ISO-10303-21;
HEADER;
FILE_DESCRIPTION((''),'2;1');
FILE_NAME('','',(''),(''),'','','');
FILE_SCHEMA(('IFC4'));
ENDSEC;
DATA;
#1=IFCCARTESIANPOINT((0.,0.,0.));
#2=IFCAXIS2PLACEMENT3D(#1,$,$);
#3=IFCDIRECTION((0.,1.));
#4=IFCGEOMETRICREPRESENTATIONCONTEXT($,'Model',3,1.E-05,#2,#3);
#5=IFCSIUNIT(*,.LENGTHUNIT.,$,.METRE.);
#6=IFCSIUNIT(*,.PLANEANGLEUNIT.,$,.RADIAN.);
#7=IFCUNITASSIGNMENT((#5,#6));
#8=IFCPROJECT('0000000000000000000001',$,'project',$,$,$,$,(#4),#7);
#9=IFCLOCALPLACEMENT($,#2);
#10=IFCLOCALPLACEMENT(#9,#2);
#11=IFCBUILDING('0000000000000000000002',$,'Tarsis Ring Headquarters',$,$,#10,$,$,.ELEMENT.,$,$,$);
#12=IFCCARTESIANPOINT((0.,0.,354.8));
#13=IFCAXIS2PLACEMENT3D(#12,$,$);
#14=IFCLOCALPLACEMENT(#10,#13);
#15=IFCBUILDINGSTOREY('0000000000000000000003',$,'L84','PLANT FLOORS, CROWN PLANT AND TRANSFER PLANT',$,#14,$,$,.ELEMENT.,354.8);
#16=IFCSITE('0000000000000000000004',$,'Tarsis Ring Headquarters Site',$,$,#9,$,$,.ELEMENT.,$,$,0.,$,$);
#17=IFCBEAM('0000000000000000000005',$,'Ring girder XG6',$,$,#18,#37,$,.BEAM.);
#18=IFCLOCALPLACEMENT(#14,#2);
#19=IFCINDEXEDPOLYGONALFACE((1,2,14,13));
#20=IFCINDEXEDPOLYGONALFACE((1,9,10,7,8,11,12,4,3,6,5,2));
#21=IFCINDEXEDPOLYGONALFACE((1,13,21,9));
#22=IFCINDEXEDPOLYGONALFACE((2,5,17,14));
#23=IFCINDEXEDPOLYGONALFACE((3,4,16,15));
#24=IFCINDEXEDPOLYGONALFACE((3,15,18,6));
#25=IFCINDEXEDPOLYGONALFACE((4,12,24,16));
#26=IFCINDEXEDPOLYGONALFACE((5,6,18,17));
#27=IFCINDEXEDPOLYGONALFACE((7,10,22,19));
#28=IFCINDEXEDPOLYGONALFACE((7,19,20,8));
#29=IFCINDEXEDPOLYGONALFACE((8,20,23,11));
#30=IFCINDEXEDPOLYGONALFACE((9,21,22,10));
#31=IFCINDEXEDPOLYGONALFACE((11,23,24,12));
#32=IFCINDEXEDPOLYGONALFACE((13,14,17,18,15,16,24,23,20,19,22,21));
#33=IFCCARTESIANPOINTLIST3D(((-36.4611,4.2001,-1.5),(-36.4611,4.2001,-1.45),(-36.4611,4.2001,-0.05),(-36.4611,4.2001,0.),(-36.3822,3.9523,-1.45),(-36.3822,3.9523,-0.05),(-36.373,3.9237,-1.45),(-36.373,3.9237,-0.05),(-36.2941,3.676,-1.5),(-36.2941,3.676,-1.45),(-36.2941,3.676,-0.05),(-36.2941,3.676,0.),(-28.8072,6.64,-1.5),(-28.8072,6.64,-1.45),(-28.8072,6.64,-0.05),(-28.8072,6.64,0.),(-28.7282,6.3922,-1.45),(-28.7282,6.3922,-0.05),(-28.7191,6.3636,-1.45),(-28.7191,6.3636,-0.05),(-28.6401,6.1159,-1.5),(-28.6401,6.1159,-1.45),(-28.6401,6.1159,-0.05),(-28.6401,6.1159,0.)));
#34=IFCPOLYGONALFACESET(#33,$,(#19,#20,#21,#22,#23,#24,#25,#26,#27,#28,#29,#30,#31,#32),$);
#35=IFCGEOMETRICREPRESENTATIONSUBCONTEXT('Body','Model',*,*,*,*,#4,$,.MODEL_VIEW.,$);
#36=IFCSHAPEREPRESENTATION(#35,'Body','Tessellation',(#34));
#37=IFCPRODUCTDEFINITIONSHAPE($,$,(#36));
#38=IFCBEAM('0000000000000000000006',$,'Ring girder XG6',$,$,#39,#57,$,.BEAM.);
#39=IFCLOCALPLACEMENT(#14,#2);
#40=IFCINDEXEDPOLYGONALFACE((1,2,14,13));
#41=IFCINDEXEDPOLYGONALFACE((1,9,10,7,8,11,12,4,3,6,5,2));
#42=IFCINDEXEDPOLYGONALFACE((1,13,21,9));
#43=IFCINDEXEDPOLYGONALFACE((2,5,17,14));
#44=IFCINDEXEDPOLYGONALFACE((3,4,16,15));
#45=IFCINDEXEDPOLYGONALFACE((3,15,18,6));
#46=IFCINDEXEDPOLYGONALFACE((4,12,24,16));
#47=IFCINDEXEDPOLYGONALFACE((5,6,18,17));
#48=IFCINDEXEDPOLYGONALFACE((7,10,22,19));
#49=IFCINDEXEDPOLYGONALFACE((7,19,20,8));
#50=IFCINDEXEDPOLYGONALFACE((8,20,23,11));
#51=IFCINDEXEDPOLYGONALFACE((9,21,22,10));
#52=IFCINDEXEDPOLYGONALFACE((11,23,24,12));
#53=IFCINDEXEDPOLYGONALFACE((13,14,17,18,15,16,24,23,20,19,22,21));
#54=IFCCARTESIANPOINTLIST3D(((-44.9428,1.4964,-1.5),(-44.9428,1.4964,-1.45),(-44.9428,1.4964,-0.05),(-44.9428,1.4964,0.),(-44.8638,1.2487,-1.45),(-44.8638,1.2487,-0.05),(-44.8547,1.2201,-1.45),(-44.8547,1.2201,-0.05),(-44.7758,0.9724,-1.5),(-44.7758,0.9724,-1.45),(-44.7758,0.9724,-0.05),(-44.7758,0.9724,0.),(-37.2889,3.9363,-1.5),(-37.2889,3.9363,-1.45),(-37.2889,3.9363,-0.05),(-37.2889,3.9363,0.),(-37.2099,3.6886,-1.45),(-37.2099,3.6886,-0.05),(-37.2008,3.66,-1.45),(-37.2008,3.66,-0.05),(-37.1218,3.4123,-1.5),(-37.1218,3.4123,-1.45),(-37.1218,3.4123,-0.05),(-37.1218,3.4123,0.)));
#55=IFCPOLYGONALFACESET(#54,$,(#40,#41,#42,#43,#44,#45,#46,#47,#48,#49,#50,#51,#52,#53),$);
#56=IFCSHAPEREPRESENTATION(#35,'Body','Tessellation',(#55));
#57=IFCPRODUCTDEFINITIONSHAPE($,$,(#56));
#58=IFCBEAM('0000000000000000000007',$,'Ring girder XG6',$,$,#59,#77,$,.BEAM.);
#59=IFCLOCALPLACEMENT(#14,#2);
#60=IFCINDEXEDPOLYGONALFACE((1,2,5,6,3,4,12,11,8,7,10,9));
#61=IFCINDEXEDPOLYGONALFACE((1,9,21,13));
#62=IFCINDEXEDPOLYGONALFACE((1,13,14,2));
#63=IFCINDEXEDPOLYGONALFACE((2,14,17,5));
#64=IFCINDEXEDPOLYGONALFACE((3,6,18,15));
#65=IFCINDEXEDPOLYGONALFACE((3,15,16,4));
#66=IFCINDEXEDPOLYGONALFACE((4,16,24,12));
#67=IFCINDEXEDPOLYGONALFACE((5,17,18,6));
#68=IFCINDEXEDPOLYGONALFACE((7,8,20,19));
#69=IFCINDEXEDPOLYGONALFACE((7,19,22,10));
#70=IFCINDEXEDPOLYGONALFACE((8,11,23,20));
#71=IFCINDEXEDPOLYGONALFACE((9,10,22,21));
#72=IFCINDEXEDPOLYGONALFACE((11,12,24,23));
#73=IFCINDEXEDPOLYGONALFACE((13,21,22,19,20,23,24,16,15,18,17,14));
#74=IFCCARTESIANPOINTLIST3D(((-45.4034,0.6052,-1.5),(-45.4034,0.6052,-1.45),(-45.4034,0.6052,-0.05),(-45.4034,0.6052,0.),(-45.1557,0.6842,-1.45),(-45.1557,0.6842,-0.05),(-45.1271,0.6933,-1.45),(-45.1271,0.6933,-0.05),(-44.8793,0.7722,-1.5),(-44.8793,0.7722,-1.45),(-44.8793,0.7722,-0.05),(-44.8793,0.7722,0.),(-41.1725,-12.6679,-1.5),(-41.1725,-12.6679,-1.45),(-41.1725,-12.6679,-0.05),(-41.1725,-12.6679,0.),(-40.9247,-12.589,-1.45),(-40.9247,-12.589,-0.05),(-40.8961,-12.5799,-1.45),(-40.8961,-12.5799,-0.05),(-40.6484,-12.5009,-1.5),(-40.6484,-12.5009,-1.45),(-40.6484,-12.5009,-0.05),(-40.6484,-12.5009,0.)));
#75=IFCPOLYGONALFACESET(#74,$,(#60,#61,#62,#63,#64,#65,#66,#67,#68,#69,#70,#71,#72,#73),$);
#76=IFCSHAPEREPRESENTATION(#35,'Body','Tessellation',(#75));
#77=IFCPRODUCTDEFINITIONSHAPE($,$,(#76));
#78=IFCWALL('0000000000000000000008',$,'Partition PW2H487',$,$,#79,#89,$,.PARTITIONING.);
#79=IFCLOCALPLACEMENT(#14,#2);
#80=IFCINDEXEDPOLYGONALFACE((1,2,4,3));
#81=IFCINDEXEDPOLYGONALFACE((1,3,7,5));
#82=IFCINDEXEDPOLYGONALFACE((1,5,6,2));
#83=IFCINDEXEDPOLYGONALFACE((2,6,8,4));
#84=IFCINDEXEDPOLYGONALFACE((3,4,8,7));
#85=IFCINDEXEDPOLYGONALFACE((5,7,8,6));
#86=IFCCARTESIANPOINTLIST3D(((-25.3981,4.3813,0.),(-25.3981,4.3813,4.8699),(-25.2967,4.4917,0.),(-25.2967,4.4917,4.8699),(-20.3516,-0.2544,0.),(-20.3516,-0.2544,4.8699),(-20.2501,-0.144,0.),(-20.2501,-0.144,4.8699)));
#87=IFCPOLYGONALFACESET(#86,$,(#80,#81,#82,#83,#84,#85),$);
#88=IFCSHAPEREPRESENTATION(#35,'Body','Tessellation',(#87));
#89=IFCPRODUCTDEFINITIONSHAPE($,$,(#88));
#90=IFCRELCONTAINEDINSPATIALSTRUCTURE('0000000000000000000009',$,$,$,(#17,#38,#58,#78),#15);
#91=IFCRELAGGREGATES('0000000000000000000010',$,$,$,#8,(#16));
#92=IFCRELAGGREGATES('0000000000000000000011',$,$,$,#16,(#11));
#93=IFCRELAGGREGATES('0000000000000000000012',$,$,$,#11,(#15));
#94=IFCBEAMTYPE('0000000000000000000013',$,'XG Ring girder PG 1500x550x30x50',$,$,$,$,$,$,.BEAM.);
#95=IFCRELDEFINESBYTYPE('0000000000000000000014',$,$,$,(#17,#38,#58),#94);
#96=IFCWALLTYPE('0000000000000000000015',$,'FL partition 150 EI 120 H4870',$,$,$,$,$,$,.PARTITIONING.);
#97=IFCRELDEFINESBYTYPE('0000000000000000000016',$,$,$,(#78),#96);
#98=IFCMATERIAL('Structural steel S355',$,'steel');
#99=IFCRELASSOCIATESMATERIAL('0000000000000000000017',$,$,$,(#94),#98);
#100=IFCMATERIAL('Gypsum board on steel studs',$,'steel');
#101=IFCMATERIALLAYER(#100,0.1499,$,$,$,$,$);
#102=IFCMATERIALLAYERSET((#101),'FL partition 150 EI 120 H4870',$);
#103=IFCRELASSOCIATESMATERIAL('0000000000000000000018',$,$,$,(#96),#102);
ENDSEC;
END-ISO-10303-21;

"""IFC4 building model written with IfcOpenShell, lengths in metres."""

from ifc_helpers import new_model, si_unit, direction, frame, frame_2d, origin, origin_2d, place, context, subcontext, project, spatial, rectangle, i_section, extrude, material, layer, layer_set, material_profile, profile_set, type_object, element, save


model = new_model("IFC4")

# Units and contexts
model_context = context("Model", 3, precision=1e-05, world=origin(), true_north=direction((0.0, 1.0)))
body_context = subcontext(model_context, "Body", "Model", "MODEL_VIEW")
ifc_project = project(units=[si_unit("LENGTHUNIT", "METRE"), si_unit("PLANEANGLEUNIT", "RADIAN")], contexts=[model_context])

# Site, building, storey
site_placement = place(None, origin())
site = spatial("IfcSite", under=ifc_project, at=site_placement, Name="Tarsis Ring Headquarters Site", CompositionType="ELEMENT", RefElevation=0.0)
building_placement = place(site_placement, origin())
building = spatial("IfcBuilding", under=site, at=building_placement, Name="Tarsis Ring Headquarters", CompositionType="ELEMENT")
storey_placement = place(building_placement, frame((0.0, 0.0, 354.8)))
storey = spatial("IfcBuildingStorey", under=building, at=storey_placement, Name="L84", Description="PLANT FLOORS, CROWN PLANT AND TRANSFER PLANT", CompositionType="ELEMENT", Elevation=354.8)

# Shared definitions
ifc_material_1 = material(Name="Structural steel S355", Category="steel")

# Beams
ifc_material_profile_1 = material_profile(ifc_material_1, i_section(OverallWidth=0.55, OverallDepth=1.5, WebThickness=0.03, FlangeThickness=0.05, at=origin_2d()), Name="PG 1500x550x30x50")
ifc_profile_set_1 = profile_set([ifc_material_profile_1], Name="Structural steel S355")
beam_type_1 = type_object("IfcBeamType", Name="XG Ring girder PG 1500x550x30x50", PredefinedType="BEAM", material=ifc_profile_set_1)
for number, where, z_axis, x_axis, name in (
    (1, (-28.7236, 6.3779, -0.75), (-0.952762, -0.303719, 0.0), (0.303719, -0.952762, 0.0), "Ring girder XG6"),
    (2, (-37.2053, 3.6743, -0.75), (-0.952762, -0.303719, 0.0), (0.303719, -0.952762, 0.0), "Ring girder XG6"),
):
    element("IfcBeam", number, at=place(storey_placement, frame(where, z_axis=z_axis, x_axis=x_axis)), inside=storey, type_object=beam_type_1, Name=name, PredefinedType="BEAM", context=body_context, shape_type="SweptSolid", body=[
        extrude(i_section(OverallWidth=0.55, OverallDepth=1.5, WebThickness=0.03, FlangeThickness=0.05, at=origin_2d()), origin(), (0.0, 0.0, 1.0), 8.0334),
    ])
beam_1_placement = place(storey_placement, frame((-45.1414, 0.6887, -0.75), z_axis=(0.303703, -0.952767, 0.0), x_axis=(0.952767, 0.303703, 0.0)))
element("IfcBeam", 3, at=beam_1_placement, inside=storey, type_object=beam_type_1, Name="Ring girder XG6", PredefinedType="BEAM", context=body_context, shape_type="SweptSolid", body=[
    extrude(i_section(OverallWidth=0.55, OverallDepth=1.5, WebThickness=0.03, FlangeThickness=0.05, at=origin_2d()), origin(), (0.0, 0.0, 1.0), 13.9312),
])

# Wall
ifc_material_2 = material(Name="Gypsum board on steel studs", Category="steel")
ifc_layer = layer(ifc_material_2, 0.1499)
ifc_layer_set = layer_set([ifc_layer], Name="FL partition 150 EI 120 H4870")
wall_type = type_object("IfcWallType", Name="FL partition 150 EI 120 H4870", PredefinedType="PARTITIONING", material=ifc_layer_set)
wall_placement = place(storey_placement, frame((-25.3474, 4.4365, 0.0), z_axis=(0.0, 0.0, 1.0), x_axis=(0.736451, -0.676491, 0.0)))
element("IfcWall", 4, at=wall_placement, inside=storey, type_object=wall_type, Name="Partition PW2H487", PredefinedType="PARTITIONING", context=body_context, shape_type="SweptSolid", body=[
    extrude(rectangle(XDim=6.8525, YDim=0.1499, at=frame_2d((3.4263, 0.0))), origin(), (0.0, 0.0, 1.0), 4.8699),
])

save(model, "model.ifc")
